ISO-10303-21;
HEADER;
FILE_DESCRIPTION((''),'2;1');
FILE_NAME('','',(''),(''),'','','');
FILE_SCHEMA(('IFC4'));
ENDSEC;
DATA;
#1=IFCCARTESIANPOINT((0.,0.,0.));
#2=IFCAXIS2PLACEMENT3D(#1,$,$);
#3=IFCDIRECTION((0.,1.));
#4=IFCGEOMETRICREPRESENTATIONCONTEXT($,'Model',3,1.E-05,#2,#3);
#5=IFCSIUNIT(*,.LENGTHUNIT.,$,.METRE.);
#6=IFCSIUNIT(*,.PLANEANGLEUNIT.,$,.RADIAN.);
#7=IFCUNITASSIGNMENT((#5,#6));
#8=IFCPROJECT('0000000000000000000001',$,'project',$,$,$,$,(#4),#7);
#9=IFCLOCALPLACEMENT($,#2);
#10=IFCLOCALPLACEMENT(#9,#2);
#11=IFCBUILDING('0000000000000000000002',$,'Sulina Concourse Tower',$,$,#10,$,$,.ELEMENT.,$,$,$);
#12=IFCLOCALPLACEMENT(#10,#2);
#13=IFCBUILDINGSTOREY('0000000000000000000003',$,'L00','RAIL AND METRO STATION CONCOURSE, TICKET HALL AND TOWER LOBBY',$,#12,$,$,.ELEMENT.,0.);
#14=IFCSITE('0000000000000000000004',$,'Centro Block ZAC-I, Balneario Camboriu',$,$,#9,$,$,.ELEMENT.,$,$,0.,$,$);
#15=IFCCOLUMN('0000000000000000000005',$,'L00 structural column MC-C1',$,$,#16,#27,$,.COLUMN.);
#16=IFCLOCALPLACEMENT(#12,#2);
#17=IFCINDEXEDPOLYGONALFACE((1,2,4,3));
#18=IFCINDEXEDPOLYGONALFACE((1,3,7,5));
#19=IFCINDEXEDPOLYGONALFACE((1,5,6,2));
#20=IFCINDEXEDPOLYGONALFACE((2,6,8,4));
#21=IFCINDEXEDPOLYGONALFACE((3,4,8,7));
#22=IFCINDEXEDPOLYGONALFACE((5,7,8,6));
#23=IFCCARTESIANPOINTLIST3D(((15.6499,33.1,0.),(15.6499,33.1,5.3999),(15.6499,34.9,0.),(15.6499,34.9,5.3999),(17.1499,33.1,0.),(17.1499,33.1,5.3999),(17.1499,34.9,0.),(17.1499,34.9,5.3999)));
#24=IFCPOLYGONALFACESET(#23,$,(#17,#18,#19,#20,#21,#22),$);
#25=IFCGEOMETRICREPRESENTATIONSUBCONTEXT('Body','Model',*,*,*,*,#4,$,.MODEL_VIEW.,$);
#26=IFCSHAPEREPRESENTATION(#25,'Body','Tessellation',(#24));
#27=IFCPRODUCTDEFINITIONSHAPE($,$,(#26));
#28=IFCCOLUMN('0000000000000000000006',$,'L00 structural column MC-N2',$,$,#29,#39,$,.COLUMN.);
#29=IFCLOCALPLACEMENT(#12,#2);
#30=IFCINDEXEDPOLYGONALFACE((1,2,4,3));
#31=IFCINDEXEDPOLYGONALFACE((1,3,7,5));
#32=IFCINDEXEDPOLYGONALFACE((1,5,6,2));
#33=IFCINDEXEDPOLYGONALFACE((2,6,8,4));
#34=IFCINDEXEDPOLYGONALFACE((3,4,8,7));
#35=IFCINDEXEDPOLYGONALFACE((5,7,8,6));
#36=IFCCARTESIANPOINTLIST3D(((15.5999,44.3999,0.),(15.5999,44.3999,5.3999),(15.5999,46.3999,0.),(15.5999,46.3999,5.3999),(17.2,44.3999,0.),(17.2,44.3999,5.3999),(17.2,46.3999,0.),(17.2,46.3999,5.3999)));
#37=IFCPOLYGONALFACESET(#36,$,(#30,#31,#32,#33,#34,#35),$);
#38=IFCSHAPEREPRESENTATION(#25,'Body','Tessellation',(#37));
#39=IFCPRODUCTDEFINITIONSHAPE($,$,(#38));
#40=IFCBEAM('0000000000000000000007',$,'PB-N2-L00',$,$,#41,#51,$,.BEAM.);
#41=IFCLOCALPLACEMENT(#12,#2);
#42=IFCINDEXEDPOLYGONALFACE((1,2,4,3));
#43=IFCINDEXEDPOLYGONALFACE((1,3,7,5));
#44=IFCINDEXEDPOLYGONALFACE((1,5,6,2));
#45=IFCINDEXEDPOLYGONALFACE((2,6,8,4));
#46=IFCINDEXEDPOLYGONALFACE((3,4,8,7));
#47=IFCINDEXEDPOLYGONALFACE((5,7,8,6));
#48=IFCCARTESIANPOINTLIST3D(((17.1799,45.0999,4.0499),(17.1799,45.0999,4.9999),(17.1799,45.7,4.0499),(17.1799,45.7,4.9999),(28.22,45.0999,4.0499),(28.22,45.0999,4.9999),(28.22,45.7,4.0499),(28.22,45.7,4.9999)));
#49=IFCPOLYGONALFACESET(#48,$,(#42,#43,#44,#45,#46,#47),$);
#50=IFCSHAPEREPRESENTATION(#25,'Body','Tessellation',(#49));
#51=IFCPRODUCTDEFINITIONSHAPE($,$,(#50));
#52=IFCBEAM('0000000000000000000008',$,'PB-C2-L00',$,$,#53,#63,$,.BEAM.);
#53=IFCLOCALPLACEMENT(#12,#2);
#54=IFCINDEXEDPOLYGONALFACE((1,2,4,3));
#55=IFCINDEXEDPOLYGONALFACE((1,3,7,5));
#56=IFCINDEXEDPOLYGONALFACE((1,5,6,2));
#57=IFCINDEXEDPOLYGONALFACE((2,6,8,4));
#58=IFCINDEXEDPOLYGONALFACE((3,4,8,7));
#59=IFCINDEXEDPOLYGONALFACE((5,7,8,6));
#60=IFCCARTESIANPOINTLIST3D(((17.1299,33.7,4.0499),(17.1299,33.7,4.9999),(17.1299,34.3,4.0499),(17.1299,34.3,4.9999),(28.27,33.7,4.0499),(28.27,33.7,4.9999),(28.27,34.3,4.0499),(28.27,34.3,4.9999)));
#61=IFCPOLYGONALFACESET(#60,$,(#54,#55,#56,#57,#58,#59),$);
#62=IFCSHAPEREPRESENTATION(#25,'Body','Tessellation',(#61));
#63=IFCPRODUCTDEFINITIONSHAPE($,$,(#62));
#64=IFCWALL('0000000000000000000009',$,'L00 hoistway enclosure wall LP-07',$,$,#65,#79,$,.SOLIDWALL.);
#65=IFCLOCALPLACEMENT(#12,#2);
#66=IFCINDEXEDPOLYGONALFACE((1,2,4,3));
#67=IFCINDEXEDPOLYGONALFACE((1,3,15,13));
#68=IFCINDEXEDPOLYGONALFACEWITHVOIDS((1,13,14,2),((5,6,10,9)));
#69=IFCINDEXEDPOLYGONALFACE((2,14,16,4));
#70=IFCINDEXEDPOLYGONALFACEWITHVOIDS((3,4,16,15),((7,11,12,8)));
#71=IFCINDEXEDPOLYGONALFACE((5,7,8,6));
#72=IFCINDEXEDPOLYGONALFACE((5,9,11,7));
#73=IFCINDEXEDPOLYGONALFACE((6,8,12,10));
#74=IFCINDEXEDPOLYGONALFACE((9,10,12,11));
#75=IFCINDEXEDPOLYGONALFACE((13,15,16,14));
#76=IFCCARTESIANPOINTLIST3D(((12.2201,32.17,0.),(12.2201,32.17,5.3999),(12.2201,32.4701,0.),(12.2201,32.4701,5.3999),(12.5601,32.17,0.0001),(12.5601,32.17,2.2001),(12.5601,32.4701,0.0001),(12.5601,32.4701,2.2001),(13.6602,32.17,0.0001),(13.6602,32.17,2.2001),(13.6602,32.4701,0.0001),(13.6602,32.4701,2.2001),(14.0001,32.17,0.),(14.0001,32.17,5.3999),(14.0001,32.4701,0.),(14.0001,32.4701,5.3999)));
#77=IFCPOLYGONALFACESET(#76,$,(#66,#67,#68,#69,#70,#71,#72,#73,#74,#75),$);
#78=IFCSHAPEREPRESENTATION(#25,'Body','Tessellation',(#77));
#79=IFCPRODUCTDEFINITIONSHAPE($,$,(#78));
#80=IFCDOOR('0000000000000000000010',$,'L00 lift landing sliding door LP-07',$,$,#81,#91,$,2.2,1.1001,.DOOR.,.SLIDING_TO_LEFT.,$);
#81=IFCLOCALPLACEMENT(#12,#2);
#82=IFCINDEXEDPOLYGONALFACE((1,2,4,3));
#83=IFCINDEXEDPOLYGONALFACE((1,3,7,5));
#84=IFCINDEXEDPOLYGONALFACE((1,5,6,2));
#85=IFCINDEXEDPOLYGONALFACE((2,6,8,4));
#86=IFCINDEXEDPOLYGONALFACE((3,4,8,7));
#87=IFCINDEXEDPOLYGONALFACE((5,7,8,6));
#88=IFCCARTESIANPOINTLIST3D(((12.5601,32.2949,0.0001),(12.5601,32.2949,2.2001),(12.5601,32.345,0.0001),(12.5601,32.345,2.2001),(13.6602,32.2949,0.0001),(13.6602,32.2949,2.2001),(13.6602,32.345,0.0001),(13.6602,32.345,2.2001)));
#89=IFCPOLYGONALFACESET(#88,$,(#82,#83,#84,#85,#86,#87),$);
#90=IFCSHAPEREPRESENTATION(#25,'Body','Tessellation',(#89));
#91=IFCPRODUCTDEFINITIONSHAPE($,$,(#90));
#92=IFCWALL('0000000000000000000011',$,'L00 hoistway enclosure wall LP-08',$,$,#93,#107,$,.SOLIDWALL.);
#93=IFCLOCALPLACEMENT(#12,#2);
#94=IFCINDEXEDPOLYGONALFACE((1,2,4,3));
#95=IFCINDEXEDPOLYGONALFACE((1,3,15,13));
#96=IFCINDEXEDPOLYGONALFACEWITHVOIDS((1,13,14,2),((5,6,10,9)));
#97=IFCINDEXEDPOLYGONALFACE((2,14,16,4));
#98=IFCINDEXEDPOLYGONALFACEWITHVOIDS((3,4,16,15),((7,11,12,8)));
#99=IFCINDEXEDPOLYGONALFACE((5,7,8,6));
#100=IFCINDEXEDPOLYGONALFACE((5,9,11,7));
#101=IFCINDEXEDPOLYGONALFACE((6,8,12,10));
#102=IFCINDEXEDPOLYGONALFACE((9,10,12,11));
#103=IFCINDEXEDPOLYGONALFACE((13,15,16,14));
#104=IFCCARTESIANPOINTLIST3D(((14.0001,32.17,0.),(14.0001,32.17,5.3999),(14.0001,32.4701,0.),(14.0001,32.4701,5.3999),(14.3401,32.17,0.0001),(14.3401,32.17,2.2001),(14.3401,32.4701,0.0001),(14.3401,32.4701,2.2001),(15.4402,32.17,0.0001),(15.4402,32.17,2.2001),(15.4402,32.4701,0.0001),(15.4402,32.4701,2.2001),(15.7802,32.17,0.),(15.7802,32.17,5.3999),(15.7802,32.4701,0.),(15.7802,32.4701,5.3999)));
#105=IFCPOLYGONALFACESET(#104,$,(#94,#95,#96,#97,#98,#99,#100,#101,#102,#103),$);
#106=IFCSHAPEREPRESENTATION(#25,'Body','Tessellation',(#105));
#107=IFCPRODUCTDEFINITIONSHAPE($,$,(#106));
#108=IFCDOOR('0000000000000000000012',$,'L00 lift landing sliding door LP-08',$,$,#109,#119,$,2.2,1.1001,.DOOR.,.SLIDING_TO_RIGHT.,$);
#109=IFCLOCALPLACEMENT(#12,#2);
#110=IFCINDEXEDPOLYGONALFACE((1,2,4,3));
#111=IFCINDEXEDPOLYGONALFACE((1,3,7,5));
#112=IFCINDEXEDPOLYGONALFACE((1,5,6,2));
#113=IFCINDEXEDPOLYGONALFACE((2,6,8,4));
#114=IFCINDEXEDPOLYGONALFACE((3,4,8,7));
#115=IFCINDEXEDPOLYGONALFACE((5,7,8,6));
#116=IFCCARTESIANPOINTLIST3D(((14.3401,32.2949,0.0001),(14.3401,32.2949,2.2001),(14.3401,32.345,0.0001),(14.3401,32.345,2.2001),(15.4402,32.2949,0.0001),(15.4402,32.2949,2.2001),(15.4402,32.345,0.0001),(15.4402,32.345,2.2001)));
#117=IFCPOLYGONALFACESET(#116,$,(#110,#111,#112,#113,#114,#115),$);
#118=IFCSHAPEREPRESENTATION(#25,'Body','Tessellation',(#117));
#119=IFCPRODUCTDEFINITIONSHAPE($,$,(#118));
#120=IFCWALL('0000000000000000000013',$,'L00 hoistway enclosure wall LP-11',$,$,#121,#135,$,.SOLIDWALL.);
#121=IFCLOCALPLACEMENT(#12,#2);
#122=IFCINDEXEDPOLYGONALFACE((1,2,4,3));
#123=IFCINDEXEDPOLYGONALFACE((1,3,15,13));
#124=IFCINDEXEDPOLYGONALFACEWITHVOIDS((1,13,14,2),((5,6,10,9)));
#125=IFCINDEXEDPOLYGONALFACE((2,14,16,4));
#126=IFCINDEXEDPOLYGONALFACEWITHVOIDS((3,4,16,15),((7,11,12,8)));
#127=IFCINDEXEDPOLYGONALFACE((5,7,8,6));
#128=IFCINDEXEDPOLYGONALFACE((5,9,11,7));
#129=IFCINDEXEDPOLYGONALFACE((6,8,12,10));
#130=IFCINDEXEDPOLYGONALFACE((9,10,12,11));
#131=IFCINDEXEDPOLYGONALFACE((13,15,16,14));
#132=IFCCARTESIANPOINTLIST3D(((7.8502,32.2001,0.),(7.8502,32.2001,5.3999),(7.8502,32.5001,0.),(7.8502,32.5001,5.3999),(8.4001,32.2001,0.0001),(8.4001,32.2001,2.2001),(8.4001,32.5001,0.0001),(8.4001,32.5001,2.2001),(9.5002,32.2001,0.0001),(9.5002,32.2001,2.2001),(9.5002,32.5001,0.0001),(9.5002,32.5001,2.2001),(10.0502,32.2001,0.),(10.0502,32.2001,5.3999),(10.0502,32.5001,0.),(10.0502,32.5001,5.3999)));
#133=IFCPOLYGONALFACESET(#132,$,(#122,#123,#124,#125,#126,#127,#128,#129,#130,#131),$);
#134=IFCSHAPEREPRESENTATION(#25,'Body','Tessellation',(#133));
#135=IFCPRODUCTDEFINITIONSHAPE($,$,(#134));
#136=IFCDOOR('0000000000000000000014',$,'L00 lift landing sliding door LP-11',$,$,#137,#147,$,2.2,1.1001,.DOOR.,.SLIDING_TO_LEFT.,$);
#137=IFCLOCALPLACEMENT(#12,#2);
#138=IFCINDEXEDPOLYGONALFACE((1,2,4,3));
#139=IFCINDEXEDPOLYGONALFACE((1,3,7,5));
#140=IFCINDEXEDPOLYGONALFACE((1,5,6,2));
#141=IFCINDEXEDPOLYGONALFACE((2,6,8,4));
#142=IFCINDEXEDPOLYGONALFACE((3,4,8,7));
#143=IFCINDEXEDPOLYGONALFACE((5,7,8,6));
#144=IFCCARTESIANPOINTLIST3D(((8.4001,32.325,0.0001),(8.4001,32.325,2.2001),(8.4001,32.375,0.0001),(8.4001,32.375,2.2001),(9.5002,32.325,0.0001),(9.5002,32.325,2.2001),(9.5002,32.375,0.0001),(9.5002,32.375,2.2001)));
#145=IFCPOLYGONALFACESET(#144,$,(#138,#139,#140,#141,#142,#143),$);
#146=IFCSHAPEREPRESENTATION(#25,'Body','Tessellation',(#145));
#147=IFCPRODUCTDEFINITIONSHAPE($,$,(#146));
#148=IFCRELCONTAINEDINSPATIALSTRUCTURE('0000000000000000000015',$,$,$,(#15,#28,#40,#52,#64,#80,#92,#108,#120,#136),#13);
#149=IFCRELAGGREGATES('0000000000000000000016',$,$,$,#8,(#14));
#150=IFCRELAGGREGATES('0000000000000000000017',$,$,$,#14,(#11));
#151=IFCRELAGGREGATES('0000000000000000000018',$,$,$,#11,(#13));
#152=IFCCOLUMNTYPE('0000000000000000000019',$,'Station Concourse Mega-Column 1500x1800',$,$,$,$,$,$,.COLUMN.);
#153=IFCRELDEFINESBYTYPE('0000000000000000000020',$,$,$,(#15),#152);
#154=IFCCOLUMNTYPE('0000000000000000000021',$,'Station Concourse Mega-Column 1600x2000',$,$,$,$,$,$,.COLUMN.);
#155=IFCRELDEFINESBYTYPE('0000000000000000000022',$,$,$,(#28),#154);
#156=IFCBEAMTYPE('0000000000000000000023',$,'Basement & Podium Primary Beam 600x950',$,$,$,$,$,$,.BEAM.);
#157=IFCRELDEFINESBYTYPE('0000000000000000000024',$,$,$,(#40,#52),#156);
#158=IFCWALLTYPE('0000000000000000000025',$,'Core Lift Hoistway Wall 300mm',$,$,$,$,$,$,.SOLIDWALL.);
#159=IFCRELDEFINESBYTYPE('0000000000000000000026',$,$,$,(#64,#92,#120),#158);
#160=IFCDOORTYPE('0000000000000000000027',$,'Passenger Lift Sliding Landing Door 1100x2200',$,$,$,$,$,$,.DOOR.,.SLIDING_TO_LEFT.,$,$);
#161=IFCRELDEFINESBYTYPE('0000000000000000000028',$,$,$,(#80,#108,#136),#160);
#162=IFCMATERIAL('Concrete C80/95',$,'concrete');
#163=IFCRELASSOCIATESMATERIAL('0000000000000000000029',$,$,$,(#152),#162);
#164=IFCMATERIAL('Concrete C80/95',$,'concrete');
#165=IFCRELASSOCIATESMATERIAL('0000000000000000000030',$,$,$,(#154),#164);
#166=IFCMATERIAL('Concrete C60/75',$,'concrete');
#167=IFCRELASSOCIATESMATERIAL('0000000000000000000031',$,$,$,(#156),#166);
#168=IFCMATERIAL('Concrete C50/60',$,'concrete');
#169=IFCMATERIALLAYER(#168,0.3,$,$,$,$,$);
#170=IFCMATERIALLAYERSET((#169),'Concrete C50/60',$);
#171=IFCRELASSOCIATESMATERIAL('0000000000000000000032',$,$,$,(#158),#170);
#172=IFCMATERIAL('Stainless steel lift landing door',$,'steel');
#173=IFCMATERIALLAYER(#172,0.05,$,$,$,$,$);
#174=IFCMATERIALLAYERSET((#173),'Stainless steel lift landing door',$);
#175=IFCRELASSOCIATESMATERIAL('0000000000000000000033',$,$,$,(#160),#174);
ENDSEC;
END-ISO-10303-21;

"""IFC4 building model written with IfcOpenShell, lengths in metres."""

from ifc_helpers import new_model, si_unit, direction, frame, frame_2d, origin, origin_2d, place, context, subcontext, project, spatial, rectangle, extrude, material, layer, layer_set, material_profile, profile_set, type_object, element, fill, save


model = new_model("IFC4")

# Units and contexts
model_context = context("Model", 3, precision=1e-05, world=origin(), true_north=direction((0.0, 1.0)))
body_context = subcontext(model_context, "Body", "Model", "MODEL_VIEW")
ifc_project = project(units=[si_unit("LENGTHUNIT", "METRE"), si_unit("PLANEANGLEUNIT", "RADIAN")], contexts=[model_context])

# Site, building, storey
site_placement = place(None, origin())
site = spatial("IfcSite", under=ifc_project, at=site_placement, Name="Centro Block ZAC-I, Balneario Camboriu", CompositionType="ELEMENT", RefElevation=0.0)
building_placement = place(site_placement, origin())
building = spatial("IfcBuilding", under=site, at=building_placement, Name="Sulina Concourse Tower", CompositionType="ELEMENT")
storey_placement = place(building_placement, origin())
storey = spatial("IfcBuildingStorey", under=building, at=storey_placement, Name="L00", Description="RAIL AND METRO STATION CONCOURSE, TICKET HALL AND TOWER LOBBY", CompositionType="ELEMENT", Elevation=0.0)

# Columns
ifc_material_1 = material(Name="Concrete C80/95", Category="concrete")
ifc_material_profile_1 = material_profile(ifc_material_1, rectangle(XDim=1.5, YDim=1.8, at=origin_2d()), Name="RC 1500x1800")
ifc_profile_set_1 = profile_set([ifc_material_profile_1], Name="Concrete C80/95")
column_type_1 = type_object("IfcColumnType", Name="Station Concourse Mega-Column 1500x1800", PredefinedType="COLUMN", material=ifc_profile_set_1)
column_1_placement = place(storey_placement, frame((16.3999, 34.0, 0.0), z_axis=(0.0, 0.0, 1.0), x_axis=(1.0, 0.0, 0.0)))
element("IfcColumn", 1, at=column_1_placement, inside=storey, type_object=column_type_1, Name="L00 structural column MC-C1", PredefinedType="COLUMN", context=body_context, shape_type="SweptSolid", body=[
    extrude(rectangle(XDim=1.5, YDim=1.8, at=origin_2d()), origin(), (0.0, 0.0, 1.0), 5.3999),
])
ifc_material_2 = material(Name="Concrete C80/95", Category="concrete")
ifc_material_profile_2 = material_profile(ifc_material_2, rectangle(XDim=1.6001, YDim=2.0, at=origin_2d()), Name="RC 1600x2000")
ifc_profile_set_2 = profile_set([ifc_material_profile_2], Name="Concrete C80/95")
column_type_2 = type_object("IfcColumnType", Name="Station Concourse Mega-Column 1600x2000", PredefinedType="COLUMN", material=ifc_profile_set_2)
column_2_placement = place(storey_placement, frame((16.3999, 45.3999, 0.0), z_axis=(0.0, 0.0, 1.0), x_axis=(1.0, 0.0, 0.0)))
element("IfcColumn", 2, at=column_2_placement, inside=storey, type_object=column_type_2, Name="L00 structural column MC-N2", PredefinedType="COLUMN", context=body_context, shape_type="SweptSolid", body=[
    extrude(rectangle(XDim=1.6001, YDim=2.0, at=origin_2d()), origin(), (0.0, 0.0, 1.0), 5.3999),
])

# Beams
ifc_material_3 = material(Name="Concrete C60/75", Category="concrete")
ifc_material_profile_3 = material_profile(ifc_material_3, rectangle(XDim=0.6001, YDim=0.95, at=origin_2d()), Name="RC 600x950")
ifc_profile_set_3 = profile_set([ifc_material_profile_3], Name="Concrete C60/75")
beam_type = type_object("IfcBeamType", Name="Basement & Podium Primary Beam 600x950", PredefinedType="BEAM", material=ifc_profile_set_3)
beam_1_placement = place(storey_placement, frame((17.1799, 45.3999, 4.5249), z_axis=(1.0, 0.0, 0.0), x_axis=(0.0, 1.0, 0.0)))
element("IfcBeam", 3, at=beam_1_placement, inside=storey, type_object=beam_type, Name="PB-N2-L00", PredefinedType="BEAM", context=body_context, shape_type="SweptSolid", body=[
    extrude(rectangle(XDim=0.6001, YDim=0.95, at=origin_2d()), origin(), (0.0, 0.0, 1.0), 11.04),
])
beam_2_placement = place(storey_placement, frame((17.1299, 34.0, 4.5249), z_axis=(1.0, 0.0, 0.0), x_axis=(0.0, 1.0, 0.0)))
element("IfcBeam", 4, at=beam_2_placement, inside=storey, type_object=beam_type, Name="PB-C2-L00", PredefinedType="BEAM", context=body_context, shape_type="SweptSolid", body=[
    extrude(rectangle(XDim=0.6001, YDim=0.95, at=origin_2d()), origin(), (0.0, 0.0, 1.0), 11.1401),
])

# Walls, openings, doors
ifc_material_4 = material(Name="Concrete C50/60", Category="concrete")
ifc_layer_1 = layer(ifc_material_4, 0.3)
ifc_layer_set_1 = layer_set([ifc_layer_1], Name="Concrete C50/60")
wall_type_1 = type_object("IfcWallType", Name="Core Lift Hoistway Wall 300mm", PredefinedType="SOLIDWALL", material=ifc_layer_set_1)
wall_1_placement = place(storey_placement, frame((12.22, 32.3201, 0.0), z_axis=(0.0, 0.0, 1.0), x_axis=(1.0, 0.0, 0.0)))
wall_1 = element("IfcWall", 5, at=wall_1_placement, inside=storey, type_object=wall_type_1, Name="L00 hoistway enclosure wall LP-07", PredefinedType="SOLIDWALL", context=body_context, shape_type="SweptSolid", body=[
    extrude(rectangle(XDim=1.78, YDim=0.3, at=frame_2d((0.8901, 0.0))), origin(), (0.0, 0.0, 1.0), 5.3999),
])
opening_1_placement = place(wall_1_placement, frame((0.3401, 0.0, 0.0)))
opening_1 = element("IfcOpeningElement", 6, at=opening_1_placement, cuts=wall_1, PredefinedType="OPENING", context=body_context, shape_type="SweptSolid", body=[
    extrude(rectangle(XDim=1.1001, YDim=2.2, at=frame_2d((0.55, 1.1001))), frame((0.0, 0.1599, 0.0), z_axis=(0.0, -1.0, 0.0), x_axis=(1.0, 0.0, 0.0)), (0.0, 0.0, 1.0), 0.3201),
])
ifc_material_5 = material(Name="Stainless steel lift landing door", Category="steel")
ifc_layer_2 = layer(ifc_material_5, 0.05)
ifc_layer_set_2 = layer_set([ifc_layer_2], Name="Stainless steel lift landing door")
door_type_1 = type_object("IfcDoorType", Name="Passenger Lift Sliding Landing Door 1100x2200", OperationType="SLIDING_TO_LEFT", PredefinedType="DOOR", material=ifc_layer_set_2)
door_1_placement = place(opening_1_placement, origin())
door_1 = element("IfcDoor", 7, at=door_1_placement, inside=storey, type_object=door_type_1, Name="L00 lift landing sliding door LP-07", OperationType="SLIDING_TO_LEFT", OverallHeight=2.2, OverallWidth=1.1001, PredefinedType="DOOR", context=body_context, shape_type="SweptSolid", body=[
    extrude(rectangle(XDim=1.1001, YDim=2.2, at=frame_2d((0.55, 1.1001))), frame((0.0, 0.0249, 0.0), z_axis=(0.0, -1.0, 0.0), x_axis=(1.0, 0.0, 0.0)), (0.0, 0.0, 1.0), 0.05),
])
fill(opening_1, door_1)
wall_2_placement = place(storey_placement, frame((14.0, 32.3201, 0.0), z_axis=(0.0, 0.0, 1.0), x_axis=(1.0, 0.0, 0.0)))
wall_2 = element("IfcWall", 8, at=wall_2_placement, inside=storey, type_object=wall_type_1, Name="L00 hoistway enclosure wall LP-08", PredefinedType="SOLIDWALL", context=body_context, shape_type="SweptSolid", body=[
    extrude(rectangle(XDim=1.78, YDim=0.3, at=frame_2d((0.8901, 0.0))), origin(), (0.0, 0.0, 1.0), 5.3999),
])
opening_2_placement = place(wall_2_placement, frame((0.3401, 0.0, 0.0)))
opening_2 = element("IfcOpeningElement", 9, at=opening_2_placement, cuts=wall_2, PredefinedType="OPENING", context=body_context, shape_type="SweptSolid", body=[
    extrude(rectangle(XDim=1.1001, YDim=2.2, at=frame_2d((0.55, 1.1001))), frame((0.0, 0.1599, 0.0), z_axis=(0.0, -1.0, 0.0), x_axis=(1.0, 0.0, 0.0)), (0.0, 0.0, 1.0), 0.3201),
])
door_2_placement = place(opening_2_placement, origin())
door_2 = element("IfcDoor", 10, at=door_2_placement, inside=storey, type_object=door_type_1, Name="L00 lift landing sliding door LP-08", OperationType="SLIDING_TO_RIGHT", OverallHeight=2.2, OverallWidth=1.1001, PredefinedType="DOOR", context=body_context, shape_type="SweptSolid", body=[
    extrude(rectangle(XDim=1.1001, YDim=2.2, at=frame_2d((0.55, 1.1001))), frame((0.0, 0.0249, 0.0), z_axis=(0.0, -1.0, 0.0), x_axis=(1.0, 0.0, 0.0)), (0.0, 0.0, 1.0), 0.05),
])
fill(opening_2, door_2)
wall_3_placement = place(storey_placement, frame((7.8501, 32.3501, 0.0), z_axis=(0.0, 0.0, 1.0), x_axis=(1.0, 0.0, 0.0)))
wall_3 = element("IfcWall", 11, at=wall_3_placement, inside=storey, type_object=wall_type_1, Name="L00 hoistway enclosure wall LP-11", PredefinedType="SOLIDWALL", context=body_context, shape_type="SweptSolid", body=[
    extrude(rectangle(XDim=2.2, YDim=0.3, at=frame_2d((1.1001, 0.0))), origin(), (0.0, 0.0, 1.0), 5.3999),
])
opening_3_placement = place(wall_3_placement, frame((0.55, 0.0, 0.0)))
opening_3 = element("IfcOpeningElement", 12, at=opening_3_placement, cuts=wall_3, PredefinedType="OPENING", context=body_context, shape_type="SweptSolid", body=[
    extrude(rectangle(XDim=1.1001, YDim=2.2, at=frame_2d((0.55, 1.1001))), frame((0.0, 0.1599, 0.0), z_axis=(0.0, -1.0, 0.0), x_axis=(1.0, 0.0, 0.0)), (0.0, 0.0, 1.0), 0.3201),
])
door_3_placement = place(opening_3_placement, origin())
door_3 = element("IfcDoor", 13, at=door_3_placement, inside=storey, type_object=door_type_1, Name="L00 lift landing sliding door LP-11", OperationType="SLIDING_TO_LEFT", OverallHeight=2.2, OverallWidth=1.1001, PredefinedType="DOOR", context=body_context, shape_type="SweptSolid", body=[
    extrude(rectangle(XDim=1.1001, YDim=2.2, at=frame_2d((0.55, 1.1001))), frame((0.0, 0.0249, 0.0), z_axis=(0.0, -1.0, 0.0), x_axis=(1.0, 0.0, 0.0)), (0.0, 0.0, 1.0), 0.05),
])
fill(opening_3, door_3)

save(model, "model.ifc")
